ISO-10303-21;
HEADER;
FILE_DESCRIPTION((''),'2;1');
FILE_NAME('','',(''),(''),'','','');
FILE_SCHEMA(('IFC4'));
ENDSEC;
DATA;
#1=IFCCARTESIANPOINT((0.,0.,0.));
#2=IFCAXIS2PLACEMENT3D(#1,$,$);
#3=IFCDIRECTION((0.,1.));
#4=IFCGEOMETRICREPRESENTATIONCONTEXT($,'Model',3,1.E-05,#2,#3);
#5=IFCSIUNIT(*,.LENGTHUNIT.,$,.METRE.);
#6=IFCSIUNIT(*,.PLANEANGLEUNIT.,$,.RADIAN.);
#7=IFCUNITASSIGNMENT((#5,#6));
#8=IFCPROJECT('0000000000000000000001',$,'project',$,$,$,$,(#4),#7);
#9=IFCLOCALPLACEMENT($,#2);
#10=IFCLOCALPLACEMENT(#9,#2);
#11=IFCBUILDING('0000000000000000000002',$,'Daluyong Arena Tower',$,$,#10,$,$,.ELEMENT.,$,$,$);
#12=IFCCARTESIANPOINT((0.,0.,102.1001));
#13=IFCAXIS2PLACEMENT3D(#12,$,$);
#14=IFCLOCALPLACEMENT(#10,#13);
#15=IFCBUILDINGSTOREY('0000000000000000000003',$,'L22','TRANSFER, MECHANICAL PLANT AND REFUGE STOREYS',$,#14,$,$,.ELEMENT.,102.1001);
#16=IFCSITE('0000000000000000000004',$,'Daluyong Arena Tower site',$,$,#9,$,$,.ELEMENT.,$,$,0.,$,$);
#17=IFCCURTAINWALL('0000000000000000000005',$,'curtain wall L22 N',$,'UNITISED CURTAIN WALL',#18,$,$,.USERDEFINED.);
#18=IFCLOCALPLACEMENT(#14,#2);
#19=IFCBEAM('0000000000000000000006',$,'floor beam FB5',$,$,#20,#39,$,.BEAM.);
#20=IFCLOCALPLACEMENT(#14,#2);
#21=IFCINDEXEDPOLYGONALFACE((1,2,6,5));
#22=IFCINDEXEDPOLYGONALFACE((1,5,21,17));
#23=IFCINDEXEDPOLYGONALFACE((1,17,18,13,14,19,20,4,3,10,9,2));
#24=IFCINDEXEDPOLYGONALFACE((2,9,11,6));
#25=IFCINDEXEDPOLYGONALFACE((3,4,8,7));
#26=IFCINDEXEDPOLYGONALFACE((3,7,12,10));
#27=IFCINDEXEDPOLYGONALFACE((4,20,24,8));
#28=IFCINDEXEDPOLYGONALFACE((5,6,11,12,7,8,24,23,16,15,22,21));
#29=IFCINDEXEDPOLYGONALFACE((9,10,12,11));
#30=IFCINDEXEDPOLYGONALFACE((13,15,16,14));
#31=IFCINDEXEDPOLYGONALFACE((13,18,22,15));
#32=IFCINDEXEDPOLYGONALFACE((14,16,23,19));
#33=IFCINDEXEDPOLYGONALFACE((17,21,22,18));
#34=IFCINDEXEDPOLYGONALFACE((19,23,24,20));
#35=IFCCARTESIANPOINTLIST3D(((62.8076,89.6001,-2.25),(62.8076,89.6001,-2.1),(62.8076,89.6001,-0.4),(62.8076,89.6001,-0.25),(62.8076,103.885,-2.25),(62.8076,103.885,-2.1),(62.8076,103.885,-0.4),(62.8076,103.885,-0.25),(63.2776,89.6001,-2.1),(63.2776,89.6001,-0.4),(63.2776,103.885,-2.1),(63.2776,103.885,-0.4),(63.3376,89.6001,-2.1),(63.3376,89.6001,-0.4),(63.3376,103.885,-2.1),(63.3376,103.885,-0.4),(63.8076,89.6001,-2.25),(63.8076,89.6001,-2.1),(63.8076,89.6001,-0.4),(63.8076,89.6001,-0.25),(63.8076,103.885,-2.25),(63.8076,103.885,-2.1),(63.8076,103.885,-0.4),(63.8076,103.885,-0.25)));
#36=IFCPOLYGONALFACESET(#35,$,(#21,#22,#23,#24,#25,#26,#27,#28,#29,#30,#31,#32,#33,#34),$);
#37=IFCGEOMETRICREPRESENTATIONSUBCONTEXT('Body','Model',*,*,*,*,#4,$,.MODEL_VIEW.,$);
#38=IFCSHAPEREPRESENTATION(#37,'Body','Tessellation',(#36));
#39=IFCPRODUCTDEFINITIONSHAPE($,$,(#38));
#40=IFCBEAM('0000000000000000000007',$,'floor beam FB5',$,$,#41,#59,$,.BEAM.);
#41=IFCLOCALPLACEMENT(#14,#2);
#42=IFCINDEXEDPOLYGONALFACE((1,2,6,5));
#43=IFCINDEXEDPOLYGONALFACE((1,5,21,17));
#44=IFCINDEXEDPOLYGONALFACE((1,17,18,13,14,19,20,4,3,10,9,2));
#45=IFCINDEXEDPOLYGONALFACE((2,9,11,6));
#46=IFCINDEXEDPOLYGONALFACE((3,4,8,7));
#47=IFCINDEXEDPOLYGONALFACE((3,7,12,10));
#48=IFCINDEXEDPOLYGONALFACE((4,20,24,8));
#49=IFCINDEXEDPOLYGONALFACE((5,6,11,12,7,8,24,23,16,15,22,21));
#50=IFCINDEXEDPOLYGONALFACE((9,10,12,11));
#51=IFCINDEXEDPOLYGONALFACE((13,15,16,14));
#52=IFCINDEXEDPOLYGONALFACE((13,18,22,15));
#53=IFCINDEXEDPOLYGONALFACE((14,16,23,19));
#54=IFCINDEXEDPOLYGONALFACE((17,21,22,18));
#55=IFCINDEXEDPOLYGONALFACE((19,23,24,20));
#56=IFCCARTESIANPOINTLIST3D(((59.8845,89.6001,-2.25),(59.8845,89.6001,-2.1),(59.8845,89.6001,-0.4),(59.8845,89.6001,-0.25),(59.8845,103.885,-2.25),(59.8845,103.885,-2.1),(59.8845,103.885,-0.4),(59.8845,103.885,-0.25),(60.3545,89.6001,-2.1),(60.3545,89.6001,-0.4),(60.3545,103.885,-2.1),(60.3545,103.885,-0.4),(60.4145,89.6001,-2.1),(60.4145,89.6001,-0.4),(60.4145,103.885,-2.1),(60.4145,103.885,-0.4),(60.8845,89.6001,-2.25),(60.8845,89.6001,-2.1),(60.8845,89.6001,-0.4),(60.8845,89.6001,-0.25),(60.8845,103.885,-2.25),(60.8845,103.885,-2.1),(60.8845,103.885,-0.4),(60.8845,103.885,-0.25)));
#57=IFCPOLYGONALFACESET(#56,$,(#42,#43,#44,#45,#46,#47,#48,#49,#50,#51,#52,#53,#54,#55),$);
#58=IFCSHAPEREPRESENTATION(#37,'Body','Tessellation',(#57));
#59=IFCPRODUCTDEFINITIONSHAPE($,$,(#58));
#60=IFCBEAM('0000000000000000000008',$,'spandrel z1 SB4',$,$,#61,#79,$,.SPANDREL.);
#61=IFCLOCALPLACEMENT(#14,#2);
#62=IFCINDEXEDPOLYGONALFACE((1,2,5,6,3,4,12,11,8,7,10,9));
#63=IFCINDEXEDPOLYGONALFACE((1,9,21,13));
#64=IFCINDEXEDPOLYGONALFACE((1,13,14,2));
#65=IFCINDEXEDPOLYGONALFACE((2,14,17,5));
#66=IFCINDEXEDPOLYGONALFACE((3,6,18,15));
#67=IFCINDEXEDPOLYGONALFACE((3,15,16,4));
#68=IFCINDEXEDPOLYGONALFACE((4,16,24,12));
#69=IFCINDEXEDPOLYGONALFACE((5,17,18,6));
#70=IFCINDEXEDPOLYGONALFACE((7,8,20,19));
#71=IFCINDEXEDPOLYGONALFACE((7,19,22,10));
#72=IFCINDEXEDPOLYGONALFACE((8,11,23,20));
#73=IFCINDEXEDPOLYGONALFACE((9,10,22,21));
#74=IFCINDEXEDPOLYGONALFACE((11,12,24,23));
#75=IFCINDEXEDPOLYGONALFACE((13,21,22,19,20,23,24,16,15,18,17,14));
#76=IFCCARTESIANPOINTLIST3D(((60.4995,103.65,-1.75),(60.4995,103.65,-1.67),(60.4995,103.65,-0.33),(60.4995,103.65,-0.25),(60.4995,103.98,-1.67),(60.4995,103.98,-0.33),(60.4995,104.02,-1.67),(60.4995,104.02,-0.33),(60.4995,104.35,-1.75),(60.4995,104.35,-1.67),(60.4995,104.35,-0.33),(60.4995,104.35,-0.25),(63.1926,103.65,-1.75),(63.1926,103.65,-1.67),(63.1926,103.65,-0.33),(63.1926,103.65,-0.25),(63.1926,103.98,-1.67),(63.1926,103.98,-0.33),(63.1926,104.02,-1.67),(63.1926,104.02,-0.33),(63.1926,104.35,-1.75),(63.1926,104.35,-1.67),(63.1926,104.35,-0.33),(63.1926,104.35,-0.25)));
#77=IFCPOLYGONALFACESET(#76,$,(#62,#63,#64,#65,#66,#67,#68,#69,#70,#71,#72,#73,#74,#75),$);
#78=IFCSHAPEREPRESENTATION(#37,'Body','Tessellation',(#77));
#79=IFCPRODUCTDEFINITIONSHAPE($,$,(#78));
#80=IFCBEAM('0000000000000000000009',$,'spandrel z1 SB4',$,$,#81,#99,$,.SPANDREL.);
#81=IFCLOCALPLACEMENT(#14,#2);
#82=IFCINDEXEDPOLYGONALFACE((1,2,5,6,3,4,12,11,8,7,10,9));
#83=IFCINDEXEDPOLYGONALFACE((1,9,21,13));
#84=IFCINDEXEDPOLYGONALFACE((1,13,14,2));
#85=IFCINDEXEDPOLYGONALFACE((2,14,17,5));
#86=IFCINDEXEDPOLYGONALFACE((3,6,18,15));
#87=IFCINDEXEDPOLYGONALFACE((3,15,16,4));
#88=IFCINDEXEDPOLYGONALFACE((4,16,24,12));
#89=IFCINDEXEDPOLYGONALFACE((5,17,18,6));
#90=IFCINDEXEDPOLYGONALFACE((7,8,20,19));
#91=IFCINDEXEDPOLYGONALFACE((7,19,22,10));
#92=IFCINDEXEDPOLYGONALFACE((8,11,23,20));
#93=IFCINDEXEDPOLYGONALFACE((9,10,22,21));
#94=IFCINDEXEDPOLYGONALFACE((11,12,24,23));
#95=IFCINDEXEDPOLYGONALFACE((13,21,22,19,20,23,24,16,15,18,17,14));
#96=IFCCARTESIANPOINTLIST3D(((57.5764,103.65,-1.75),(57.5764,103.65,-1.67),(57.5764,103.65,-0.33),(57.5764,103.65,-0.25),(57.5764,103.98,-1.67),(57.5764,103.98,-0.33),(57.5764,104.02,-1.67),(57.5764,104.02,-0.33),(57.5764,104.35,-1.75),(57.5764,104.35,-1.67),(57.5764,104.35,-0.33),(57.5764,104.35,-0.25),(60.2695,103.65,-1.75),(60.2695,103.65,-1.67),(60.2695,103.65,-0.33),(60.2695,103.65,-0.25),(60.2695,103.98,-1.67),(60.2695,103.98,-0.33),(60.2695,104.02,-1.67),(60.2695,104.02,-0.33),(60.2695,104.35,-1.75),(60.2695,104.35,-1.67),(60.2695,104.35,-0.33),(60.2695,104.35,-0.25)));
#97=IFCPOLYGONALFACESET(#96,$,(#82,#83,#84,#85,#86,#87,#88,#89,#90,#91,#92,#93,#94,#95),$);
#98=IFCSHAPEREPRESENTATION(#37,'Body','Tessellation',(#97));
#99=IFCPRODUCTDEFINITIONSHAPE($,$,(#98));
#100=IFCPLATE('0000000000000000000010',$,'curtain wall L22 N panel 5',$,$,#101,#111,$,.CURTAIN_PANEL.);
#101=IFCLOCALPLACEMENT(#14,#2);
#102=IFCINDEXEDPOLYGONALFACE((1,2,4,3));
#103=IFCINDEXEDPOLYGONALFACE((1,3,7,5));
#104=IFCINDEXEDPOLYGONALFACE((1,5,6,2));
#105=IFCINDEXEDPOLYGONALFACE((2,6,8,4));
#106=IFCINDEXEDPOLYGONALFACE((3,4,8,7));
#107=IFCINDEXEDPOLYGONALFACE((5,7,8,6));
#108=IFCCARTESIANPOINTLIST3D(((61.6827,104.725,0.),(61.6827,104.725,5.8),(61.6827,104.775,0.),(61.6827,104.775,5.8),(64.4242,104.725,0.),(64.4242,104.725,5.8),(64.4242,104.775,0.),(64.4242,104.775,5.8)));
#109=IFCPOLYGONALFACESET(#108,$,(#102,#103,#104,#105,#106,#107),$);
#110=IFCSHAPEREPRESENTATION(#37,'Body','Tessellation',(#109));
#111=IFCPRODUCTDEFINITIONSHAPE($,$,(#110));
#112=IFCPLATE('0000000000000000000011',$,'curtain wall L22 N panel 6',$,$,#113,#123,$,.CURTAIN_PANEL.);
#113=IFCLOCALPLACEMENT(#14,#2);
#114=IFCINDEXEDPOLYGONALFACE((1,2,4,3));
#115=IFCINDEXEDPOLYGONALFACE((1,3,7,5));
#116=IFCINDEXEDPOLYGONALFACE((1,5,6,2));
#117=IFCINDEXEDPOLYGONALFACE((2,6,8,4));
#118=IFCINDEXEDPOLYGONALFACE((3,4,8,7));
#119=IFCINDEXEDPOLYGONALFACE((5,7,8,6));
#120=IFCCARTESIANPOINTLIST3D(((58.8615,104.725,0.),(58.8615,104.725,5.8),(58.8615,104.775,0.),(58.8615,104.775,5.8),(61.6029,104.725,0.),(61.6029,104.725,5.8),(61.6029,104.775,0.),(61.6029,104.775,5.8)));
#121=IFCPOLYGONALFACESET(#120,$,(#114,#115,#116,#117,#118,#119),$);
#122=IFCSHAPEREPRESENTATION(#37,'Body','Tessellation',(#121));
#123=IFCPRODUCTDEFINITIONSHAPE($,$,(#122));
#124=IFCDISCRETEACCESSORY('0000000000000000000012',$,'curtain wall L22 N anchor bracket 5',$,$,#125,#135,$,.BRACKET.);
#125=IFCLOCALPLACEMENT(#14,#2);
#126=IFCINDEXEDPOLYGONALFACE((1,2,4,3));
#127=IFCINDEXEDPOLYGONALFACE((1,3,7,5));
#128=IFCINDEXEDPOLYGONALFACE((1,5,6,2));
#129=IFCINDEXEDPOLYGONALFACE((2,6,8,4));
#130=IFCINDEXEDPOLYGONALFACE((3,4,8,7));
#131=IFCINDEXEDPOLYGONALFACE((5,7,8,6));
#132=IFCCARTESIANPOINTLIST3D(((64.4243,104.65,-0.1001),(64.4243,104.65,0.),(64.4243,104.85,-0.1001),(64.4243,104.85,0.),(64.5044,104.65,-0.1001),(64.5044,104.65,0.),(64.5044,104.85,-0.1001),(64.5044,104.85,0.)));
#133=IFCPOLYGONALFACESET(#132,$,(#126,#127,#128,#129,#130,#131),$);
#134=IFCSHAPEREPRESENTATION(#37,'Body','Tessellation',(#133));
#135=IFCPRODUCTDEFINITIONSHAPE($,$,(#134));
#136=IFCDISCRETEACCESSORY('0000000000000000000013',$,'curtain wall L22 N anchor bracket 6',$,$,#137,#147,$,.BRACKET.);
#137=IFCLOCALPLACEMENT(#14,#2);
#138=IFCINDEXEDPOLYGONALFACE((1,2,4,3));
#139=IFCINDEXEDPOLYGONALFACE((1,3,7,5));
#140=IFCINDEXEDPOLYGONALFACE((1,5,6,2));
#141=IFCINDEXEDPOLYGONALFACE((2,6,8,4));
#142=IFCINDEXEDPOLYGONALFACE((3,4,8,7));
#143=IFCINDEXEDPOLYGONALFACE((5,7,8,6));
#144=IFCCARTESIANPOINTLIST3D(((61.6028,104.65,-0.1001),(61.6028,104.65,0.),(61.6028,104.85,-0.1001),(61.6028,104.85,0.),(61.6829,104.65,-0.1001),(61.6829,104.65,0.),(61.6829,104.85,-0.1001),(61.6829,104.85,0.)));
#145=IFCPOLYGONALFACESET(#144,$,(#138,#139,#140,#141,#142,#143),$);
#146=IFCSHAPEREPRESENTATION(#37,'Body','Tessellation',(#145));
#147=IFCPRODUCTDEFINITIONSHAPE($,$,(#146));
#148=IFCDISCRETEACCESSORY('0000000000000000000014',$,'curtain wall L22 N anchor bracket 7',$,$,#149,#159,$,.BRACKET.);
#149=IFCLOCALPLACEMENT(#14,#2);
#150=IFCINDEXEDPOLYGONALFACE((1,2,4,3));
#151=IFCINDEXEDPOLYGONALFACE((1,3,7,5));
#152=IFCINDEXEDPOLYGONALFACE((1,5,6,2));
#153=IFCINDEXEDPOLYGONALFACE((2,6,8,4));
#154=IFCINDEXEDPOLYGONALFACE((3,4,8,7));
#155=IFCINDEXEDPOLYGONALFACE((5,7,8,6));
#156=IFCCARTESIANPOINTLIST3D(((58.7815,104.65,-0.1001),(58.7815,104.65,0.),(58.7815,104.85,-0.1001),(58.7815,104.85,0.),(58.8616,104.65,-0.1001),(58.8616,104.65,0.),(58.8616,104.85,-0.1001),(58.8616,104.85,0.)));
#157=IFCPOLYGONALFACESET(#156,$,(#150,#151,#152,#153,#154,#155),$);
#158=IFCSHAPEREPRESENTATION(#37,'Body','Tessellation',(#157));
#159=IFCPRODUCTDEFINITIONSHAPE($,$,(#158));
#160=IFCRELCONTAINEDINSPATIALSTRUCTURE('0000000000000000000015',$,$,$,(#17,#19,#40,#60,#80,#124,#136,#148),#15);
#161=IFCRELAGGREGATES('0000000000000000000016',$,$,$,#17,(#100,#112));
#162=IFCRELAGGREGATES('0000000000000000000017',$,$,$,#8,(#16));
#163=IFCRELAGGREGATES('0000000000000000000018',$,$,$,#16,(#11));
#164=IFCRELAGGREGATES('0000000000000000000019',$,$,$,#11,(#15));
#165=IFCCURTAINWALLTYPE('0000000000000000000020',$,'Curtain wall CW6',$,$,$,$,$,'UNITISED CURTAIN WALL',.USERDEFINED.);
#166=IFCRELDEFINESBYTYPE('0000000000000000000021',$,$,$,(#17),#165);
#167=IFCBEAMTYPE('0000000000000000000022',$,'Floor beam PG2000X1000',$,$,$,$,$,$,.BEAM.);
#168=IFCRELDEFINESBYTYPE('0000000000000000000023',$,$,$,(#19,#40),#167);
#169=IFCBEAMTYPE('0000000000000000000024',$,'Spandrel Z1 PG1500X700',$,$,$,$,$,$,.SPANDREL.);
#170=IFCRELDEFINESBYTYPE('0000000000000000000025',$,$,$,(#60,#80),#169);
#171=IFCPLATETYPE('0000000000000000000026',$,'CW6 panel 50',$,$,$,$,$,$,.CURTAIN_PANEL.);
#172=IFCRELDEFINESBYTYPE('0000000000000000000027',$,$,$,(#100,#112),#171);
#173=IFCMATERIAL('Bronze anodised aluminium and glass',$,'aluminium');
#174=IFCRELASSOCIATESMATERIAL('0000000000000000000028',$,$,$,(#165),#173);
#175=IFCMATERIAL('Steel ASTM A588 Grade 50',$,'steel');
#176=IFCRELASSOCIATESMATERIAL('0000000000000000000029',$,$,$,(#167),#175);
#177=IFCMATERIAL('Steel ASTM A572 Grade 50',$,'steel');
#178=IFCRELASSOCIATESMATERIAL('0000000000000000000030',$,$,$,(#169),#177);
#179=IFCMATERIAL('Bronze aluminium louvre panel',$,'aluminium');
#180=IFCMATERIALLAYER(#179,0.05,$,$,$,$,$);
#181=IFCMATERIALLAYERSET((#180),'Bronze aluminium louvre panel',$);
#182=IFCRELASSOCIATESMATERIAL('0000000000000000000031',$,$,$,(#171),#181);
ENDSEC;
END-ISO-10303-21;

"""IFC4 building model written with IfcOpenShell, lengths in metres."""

from ifc_helpers import new_model, si_unit, direction, frame, origin, origin_2d, place, context, subcontext, project, spatial, rectangle, i_section, extrude, material, layer, layer_set, material_profile, profile_set, type_object, element, aggregate, save


model = new_model("IFC4")

# Units and contexts
model_context = context("Model", 3, precision=1e-05, world=origin(), true_north=direction((0.0, 1.0)))
body_context = subcontext(model_context, "Body", "Model", "MODEL_VIEW")
ifc_project = project(units=[si_unit("LENGTHUNIT", "METRE"), si_unit("PLANEANGLEUNIT", "RADIAN")], contexts=[model_context])

# Site, building, storey
site_placement = place(None, origin())
site = spatial("IfcSite", under=ifc_project, at=site_placement, Name="Daluyong Arena Tower site", CompositionType="ELEMENT", RefElevation=0.0)
building_placement = place(site_placement, origin())
building = spatial("IfcBuilding", under=site, at=building_placement, Name="Daluyong Arena Tower", CompositionType="ELEMENT")
storey_placement = place(building_placement, frame((0.0, 0.0, 102.1001)))
storey = spatial("IfcBuildingStorey", under=building, at=storey_placement, Name="L22", Description="TRANSFER, MECHANICAL PLANT AND REFUGE STOREYS", CompositionType="ELEMENT", Elevation=102.1001)

# Curtain wall
ifc_material_1 = material(Name="Bronze anodised aluminium and glass", Category="aluminium")
curtain_wall_type = type_object("IfcCurtainWallType", Name="Curtain wall CW6", ElementType="UNITISED CURTAIN WALL", PredefinedType="USERDEFINED", material=ifc_material_1)
curtain_wall_placement = place(storey_placement, origin())
curtain_wall = element("IfcCurtainWall", 1, at=curtain_wall_placement, inside=storey, type_object=curtain_wall_type, Name="curtain wall L22 N", ObjectType="UNITISED CURTAIN WALL", PredefinedType="USERDEFINED")

# Beams
ifc_material_2 = material(Name="Steel ASTM A588 Grade 50", Category="steel")
ifc_material_profile_1 = material_profile(ifc_material_2, i_section(OverallWidth=1.0, OverallDepth=2.0, WebThickness=0.06, FlangeThickness=0.15, at=origin_2d()))
ifc_profile_set_1 = profile_set([ifc_material_profile_1], Name="Steel ASTM A588 Grade 50")
beam_type_1 = type_object("IfcBeamType", Name="Floor beam PG2000X1000", PredefinedType="BEAM", material=ifc_profile_set_1)
for number, where, z_axis, x_axis, name in (
    (2, (63.3076, 103.885, -1.25), (0.0, -1.0, 0.0), (1.0, 0.0, 0.0), "floor beam FB5"),
    (3, (60.3845, 103.885, -1.25), (0.0, -1.0, 0.0), (1.0, 0.0, 0.0), "floor beam FB5"),
):
    element("IfcBeam", number, at=place(storey_placement, frame(where, z_axis=z_axis, x_axis=x_axis)), inside=storey, type_object=beam_type_1, Name=name, PredefinedType="BEAM", context=body_context, shape_type="SweptSolid", body=[
        extrude(i_section(OverallWidth=1.0, OverallDepth=2.0, WebThickness=0.06, FlangeThickness=0.15, at=origin_2d()), origin(), (0.0, 0.0, 1.0), 14.2849),
    ])
ifc_material_3 = material(Name="Steel ASTM A572 Grade 50", Category="steel")
ifc_material_profile_2 = material_profile(ifc_material_3, i_section(OverallWidth=0.7, OverallDepth=1.5, WebThickness=0.04, FlangeThickness=0.08, at=origin_2d()))
ifc_profile_set_2 = profile_set([ifc_material_profile_2], Name="Steel ASTM A572 Grade 50")
beam_type_2 = type_object("IfcBeamType", Name="Spandrel Z1 PG1500X700", PredefinedType="SPANDREL", material=ifc_profile_set_2)
for number, where, z_axis, x_axis, name in (
    (4, (63.1926, 104.0, -1.0), (-1.0, 0.0, 0.0), (0.0, -1.0, 0.0), "spandrel z1 SB4"),
    (5, (60.2695, 104.0, -1.0), (-1.0, 0.0, 0.0), (0.0, -1.0, 0.0), "spandrel z1 SB4"),
):
    element("IfcBeam", number, at=place(storey_placement, frame(where, z_axis=z_axis, x_axis=x_axis)), inside=storey, type_object=beam_type_2, Name=name, PredefinedType="SPANDREL", context=body_context, shape_type="SweptSolid", body=[
        extrude(i_section(OverallWidth=0.7, OverallDepth=1.5, WebThickness=0.04, FlangeThickness=0.08, at=origin_2d()), origin(), (0.0, 0.0, 1.0), 2.6931),
    ])

# Plates
ifc_material_4 = material(Name="Bronze aluminium louvre panel", Category="aluminium")
ifc_layer = layer(ifc_material_4, 0.05)
ifc_layer_set = layer_set([ifc_layer], Name="Bronze aluminium louvre panel")
plate_type = type_object("IfcPlateType", Name="CW6 panel 50", PredefinedType="CURTAIN_PANEL", material=ifc_layer_set)
plate_1_placement = place(storey_placement, frame((63.0535, 104.75, 0.0), z_axis=(0.0, 0.0, 1.0), x_axis=(-1.0, 0.0, 0.0)))
plate_1 = element("IfcPlate", 6, at=plate_1_placement, type_object=plate_type, Name="curtain wall L22 N panel 5", PredefinedType="CURTAIN_PANEL", context=body_context, shape_type="SweptSolid", body=[
    extrude(rectangle(XDim=2.7415, YDim=0.05, at=origin_2d()), origin(), (0.0, 0.0, 1.0), 5.8),
])
plate_2_placement = place(storey_placement, frame((60.2322, 104.75, 0.0), z_axis=(0.0, 0.0, 1.0), x_axis=(-1.0, 0.0, 0.0)))
plate_2 = element("IfcPlate", 7, at=plate_2_placement, type_object=plate_type, Name="curtain wall L22 N panel 6", PredefinedType="CURTAIN_PANEL", context=body_context, shape_type="SweptSolid", body=[
    extrude(rectangle(XDim=2.7415, YDim=0.05, at=origin_2d()), origin(), (0.0, 0.0, 1.0), 5.8),
])
aggregate(curtain_wall, [plate_1, plate_2])

# Discrete accessories
for number, where, z_axis, x_axis, name in (
    (8, (64.4644, 104.75, -0.1001), (0.0, 0.0, 1.0), (-1.0, 0.0, 0.0), "curtain wall L22 N anchor bracket 5"),
    (9, (61.6428, 104.75, -0.1001), (0.0, 0.0, 1.0), (-1.0, 0.0, 0.0), "curtain wall L22 N anchor bracket 6"),
    (10, (58.8215, 104.75, -0.1001), (0.0, 0.0, 1.0), (-1.0, 0.0, 0.0), "curtain wall L22 N anchor bracket 7"),
):
    element("IfcDiscreteAccessory", number, at=place(storey_placement, frame(where, z_axis=z_axis, x_axis=x_axis)), inside=storey, Name=name, PredefinedType="BRACKET", context=body_context, shape_type="SweptSolid", body=[
        extrude(rectangle(XDim=0.0801, YDim=0.2, at=origin_2d()), origin(), (0.0, 0.0, 1.0), 0.1001),
    ])

save(model, "model.ifc")
